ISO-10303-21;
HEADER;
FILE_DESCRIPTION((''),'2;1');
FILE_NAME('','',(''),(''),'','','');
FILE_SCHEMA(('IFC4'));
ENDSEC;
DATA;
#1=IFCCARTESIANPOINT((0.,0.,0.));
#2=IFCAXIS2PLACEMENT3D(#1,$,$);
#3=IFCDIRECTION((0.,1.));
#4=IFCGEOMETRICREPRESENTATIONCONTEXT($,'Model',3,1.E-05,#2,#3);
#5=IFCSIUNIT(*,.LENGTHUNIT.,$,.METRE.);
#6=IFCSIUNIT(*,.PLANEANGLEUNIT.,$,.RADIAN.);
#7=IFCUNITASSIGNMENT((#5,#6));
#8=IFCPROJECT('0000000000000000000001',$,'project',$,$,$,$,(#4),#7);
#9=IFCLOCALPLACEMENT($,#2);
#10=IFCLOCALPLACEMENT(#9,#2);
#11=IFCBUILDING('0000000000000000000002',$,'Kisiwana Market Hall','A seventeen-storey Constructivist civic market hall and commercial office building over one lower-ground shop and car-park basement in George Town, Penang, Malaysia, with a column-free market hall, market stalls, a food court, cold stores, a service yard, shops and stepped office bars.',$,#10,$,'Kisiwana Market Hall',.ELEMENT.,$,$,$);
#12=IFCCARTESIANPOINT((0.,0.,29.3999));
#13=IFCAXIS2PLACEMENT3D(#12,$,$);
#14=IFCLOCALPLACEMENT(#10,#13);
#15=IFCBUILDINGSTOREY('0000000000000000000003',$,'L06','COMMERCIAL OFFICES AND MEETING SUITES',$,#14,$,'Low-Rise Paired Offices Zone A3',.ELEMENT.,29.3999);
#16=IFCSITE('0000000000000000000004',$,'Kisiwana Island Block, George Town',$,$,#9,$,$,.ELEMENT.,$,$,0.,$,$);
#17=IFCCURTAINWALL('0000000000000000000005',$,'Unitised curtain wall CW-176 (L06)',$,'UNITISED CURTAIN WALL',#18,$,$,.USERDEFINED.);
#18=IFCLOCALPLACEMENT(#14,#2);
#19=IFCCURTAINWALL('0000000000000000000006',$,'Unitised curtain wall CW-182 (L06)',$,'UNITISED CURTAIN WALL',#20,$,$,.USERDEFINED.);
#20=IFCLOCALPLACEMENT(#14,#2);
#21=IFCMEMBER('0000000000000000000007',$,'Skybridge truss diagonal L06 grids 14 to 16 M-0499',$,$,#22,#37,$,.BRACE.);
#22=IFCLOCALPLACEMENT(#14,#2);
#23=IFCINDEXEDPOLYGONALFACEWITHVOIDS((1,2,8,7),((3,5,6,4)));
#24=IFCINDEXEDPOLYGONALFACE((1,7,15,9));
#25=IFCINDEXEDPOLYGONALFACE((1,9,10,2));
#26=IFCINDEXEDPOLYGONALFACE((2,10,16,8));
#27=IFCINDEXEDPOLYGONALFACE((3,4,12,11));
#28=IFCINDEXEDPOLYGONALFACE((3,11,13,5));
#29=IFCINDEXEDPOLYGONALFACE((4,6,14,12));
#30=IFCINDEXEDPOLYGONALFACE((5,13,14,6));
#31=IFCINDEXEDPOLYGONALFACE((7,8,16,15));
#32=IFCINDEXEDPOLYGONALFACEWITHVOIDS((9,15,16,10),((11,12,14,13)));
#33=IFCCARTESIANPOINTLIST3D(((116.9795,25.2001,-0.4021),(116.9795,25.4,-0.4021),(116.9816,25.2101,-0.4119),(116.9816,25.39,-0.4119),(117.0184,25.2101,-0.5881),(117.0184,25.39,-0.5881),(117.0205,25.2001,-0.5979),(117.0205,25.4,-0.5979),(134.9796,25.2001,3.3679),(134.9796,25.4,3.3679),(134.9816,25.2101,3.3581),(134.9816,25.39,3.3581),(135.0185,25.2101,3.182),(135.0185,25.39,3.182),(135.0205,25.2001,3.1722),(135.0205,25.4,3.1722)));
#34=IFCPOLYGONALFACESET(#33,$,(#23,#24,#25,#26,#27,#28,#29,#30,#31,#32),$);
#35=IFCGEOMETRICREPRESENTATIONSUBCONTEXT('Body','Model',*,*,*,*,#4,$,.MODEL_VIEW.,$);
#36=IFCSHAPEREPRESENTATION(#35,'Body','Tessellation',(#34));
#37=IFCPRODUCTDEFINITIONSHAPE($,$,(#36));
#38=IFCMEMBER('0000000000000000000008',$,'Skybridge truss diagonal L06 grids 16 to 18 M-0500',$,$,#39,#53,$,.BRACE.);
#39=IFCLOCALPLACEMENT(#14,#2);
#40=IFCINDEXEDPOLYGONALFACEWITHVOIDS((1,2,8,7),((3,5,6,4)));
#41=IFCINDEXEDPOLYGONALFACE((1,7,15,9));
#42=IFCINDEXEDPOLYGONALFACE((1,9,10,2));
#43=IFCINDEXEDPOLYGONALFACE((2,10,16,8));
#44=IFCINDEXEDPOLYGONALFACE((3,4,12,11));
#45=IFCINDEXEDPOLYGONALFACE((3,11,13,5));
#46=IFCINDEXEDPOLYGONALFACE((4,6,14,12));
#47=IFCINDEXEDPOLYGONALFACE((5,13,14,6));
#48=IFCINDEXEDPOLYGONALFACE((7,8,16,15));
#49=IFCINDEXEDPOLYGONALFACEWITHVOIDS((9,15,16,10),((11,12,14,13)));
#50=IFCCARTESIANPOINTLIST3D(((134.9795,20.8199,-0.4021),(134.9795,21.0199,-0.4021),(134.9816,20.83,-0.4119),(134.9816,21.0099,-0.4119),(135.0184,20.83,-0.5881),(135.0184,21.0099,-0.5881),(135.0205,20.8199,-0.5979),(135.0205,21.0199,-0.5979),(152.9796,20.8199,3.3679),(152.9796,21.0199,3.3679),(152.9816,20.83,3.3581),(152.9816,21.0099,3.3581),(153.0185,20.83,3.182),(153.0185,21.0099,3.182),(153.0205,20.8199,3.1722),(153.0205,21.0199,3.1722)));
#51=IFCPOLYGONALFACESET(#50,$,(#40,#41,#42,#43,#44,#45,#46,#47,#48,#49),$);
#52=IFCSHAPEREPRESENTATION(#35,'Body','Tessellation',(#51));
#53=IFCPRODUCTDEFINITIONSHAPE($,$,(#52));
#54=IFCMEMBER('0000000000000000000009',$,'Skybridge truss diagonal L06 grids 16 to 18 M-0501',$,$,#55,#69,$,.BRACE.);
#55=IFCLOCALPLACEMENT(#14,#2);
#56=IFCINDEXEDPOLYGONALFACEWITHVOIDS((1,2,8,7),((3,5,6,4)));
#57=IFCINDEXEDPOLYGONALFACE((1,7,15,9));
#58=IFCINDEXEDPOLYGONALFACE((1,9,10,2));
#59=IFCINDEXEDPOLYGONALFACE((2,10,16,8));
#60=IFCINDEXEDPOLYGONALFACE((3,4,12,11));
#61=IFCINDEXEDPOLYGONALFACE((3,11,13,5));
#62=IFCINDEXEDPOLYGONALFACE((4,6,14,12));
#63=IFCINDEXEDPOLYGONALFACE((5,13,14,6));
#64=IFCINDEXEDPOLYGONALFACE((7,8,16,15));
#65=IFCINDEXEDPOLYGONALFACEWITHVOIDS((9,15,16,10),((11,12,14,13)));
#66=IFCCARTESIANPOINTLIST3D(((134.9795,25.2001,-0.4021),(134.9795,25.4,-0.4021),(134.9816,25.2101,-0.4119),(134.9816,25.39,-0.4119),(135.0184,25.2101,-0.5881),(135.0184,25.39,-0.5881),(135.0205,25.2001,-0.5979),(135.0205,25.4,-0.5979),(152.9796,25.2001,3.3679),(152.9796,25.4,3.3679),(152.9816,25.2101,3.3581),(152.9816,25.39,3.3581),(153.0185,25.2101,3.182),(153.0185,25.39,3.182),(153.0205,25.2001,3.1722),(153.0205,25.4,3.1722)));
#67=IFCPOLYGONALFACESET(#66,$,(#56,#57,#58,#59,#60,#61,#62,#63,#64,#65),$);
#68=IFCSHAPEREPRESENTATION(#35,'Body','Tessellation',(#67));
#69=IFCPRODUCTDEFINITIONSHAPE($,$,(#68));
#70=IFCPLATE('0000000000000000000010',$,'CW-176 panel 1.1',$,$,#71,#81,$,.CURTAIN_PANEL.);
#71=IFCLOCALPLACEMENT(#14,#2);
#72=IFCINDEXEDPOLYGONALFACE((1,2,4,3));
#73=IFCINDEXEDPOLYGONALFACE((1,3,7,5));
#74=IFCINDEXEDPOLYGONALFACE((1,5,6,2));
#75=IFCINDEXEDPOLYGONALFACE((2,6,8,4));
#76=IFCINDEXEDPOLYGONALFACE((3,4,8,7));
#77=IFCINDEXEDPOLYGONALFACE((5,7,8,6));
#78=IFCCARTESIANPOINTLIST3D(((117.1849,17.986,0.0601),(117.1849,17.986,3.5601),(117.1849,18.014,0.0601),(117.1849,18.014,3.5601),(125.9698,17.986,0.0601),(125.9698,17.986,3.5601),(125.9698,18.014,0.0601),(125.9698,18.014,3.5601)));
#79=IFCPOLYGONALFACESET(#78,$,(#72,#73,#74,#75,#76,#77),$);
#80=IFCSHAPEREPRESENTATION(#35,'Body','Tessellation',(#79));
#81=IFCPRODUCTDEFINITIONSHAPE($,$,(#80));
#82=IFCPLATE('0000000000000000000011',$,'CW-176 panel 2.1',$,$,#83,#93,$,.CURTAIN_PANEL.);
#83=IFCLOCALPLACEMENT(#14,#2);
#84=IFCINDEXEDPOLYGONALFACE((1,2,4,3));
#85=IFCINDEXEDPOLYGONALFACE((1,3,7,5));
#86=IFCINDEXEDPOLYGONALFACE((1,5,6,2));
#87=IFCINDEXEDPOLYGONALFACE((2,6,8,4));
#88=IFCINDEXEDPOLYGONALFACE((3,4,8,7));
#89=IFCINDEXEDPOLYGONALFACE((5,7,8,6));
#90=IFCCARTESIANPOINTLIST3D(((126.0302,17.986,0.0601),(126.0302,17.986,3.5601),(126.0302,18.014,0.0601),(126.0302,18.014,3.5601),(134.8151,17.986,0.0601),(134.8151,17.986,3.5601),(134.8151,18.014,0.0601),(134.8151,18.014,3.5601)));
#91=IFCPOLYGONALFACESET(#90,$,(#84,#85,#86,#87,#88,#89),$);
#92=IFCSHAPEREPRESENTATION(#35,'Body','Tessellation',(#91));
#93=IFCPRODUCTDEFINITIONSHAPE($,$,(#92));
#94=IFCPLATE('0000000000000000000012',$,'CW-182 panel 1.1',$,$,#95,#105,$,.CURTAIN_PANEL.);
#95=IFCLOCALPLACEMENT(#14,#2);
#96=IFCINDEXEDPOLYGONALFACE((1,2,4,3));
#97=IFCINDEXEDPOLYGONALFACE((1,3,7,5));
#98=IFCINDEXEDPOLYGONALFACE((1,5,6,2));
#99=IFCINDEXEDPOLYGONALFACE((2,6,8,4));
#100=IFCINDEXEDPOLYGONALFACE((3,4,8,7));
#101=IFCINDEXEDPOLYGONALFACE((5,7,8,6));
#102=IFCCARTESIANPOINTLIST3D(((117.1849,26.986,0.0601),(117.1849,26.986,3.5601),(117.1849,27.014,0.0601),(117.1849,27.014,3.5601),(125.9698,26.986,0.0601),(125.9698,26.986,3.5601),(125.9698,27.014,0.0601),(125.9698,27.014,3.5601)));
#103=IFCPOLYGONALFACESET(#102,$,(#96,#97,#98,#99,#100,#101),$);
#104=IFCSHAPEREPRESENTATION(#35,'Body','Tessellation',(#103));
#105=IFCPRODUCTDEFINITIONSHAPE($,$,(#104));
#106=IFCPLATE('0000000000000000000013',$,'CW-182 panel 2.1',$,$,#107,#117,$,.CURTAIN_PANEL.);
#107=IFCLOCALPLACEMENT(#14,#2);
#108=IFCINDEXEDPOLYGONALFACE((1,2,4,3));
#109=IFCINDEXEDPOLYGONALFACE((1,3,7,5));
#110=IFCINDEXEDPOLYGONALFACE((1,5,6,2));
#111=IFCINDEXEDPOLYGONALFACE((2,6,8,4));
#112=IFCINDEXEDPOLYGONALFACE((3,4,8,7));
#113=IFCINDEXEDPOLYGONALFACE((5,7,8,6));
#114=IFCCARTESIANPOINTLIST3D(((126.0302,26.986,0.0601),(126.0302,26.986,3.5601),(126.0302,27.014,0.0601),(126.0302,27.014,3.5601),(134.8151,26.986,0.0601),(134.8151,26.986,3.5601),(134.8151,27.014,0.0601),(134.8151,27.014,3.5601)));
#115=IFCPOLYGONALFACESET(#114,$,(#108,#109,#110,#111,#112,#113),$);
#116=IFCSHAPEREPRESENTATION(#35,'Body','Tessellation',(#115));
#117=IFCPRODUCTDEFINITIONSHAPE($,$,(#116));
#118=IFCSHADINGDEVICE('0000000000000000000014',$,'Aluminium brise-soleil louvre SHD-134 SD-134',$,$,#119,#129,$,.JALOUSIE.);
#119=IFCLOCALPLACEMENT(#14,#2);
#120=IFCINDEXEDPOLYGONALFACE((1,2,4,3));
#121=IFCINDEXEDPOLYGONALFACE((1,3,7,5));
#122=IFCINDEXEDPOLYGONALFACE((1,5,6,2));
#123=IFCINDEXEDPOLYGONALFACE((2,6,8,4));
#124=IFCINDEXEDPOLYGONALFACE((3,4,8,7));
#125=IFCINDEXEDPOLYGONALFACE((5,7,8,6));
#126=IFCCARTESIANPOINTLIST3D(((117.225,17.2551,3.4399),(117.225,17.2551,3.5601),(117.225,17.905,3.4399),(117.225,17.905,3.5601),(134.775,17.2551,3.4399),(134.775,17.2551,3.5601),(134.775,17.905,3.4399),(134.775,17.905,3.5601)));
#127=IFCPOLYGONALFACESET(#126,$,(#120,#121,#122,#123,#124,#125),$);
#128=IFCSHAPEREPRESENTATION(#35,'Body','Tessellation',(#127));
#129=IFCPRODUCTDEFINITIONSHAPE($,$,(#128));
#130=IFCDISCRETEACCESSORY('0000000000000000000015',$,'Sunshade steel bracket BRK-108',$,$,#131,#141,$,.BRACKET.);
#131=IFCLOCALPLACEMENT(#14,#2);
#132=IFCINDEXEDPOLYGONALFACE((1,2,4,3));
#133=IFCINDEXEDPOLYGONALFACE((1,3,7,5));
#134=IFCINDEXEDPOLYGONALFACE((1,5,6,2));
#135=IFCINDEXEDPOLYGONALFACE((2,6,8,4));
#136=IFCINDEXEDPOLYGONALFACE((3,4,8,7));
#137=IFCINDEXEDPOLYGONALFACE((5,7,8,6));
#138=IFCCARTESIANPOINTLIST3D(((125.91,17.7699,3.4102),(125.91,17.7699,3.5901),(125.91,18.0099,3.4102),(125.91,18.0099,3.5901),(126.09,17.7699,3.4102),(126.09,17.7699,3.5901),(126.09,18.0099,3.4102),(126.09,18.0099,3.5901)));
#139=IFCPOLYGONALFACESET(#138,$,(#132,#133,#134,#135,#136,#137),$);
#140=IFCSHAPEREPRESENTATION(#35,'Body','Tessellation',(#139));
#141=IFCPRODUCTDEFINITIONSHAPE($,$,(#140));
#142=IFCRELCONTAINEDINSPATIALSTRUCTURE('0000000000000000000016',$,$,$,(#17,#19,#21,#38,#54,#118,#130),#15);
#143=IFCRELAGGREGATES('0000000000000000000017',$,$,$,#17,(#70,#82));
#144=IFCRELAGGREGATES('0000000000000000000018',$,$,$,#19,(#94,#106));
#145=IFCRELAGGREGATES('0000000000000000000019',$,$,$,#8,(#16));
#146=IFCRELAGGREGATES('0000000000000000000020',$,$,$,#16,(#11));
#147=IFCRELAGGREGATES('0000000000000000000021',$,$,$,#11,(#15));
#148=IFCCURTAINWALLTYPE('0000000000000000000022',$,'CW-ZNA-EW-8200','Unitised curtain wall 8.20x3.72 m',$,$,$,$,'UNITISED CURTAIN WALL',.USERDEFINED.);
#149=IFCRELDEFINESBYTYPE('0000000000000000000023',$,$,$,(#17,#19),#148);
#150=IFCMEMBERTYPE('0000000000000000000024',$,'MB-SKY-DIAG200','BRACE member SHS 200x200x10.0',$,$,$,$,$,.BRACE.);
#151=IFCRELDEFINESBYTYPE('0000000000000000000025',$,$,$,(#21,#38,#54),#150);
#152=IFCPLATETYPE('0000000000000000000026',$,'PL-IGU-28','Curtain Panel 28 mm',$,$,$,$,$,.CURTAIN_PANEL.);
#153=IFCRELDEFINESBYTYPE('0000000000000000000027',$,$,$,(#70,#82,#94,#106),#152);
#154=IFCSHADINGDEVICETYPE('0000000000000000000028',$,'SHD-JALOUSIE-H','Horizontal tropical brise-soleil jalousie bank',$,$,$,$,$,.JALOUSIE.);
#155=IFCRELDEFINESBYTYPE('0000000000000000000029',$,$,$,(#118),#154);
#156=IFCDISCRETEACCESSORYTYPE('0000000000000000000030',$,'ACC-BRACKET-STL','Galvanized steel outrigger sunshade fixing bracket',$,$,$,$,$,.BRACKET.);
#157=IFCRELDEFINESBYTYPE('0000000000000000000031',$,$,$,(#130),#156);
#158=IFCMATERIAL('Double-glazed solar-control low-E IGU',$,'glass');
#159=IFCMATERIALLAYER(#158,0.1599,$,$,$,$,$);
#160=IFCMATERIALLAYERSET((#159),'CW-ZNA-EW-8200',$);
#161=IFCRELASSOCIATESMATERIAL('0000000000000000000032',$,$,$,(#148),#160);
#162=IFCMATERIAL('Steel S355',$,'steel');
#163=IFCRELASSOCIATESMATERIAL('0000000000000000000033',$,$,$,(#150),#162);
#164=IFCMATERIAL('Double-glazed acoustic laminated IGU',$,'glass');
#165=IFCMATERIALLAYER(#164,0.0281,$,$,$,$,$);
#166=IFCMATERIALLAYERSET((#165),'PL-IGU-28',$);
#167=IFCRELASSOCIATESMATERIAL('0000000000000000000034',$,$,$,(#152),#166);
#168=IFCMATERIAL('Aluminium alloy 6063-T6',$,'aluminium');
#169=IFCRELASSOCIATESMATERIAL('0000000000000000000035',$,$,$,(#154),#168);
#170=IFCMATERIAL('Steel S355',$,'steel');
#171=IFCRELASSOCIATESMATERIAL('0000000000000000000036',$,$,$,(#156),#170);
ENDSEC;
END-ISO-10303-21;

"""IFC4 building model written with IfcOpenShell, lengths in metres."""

from ifc_helpers import new_model, si_unit, direction, frame, origin, origin_2d, place, context, subcontext, project, spatial, rectangle, hollow_rectangle, extrude, material, layer, layer_set, material_profile, profile_set, type_object, element, aggregate, save


model = new_model("IFC4")

# Units and contexts
model_context = context("Model", 3, precision=1e-05, world=origin(), true_north=direction((0.0, 1.0)))
body_context = subcontext(model_context, "Body", "Model", "MODEL_VIEW")
ifc_project = project(units=[si_unit("LENGTHUNIT", "METRE"), si_unit("PLANEANGLEUNIT", "RADIAN")], contexts=[model_context])

# Site, building, storey
site_placement = place(None, origin())
site = spatial("IfcSite", under=ifc_project, at=site_placement, Name="Kisiwana Island Block, George Town", CompositionType="ELEMENT", RefElevation=0.0)
building_placement = place(site_placement, origin())
building = spatial("IfcBuilding", under=site, at=building_placement, Name="Kisiwana Market Hall", Description="A seventeen-storey Constructivist civic market hall and commercial office building over one lower-ground shop and car-park basement in George Town, Penang, Malaysia, with a column-free market hall, market stalls, a food court, cold stores, a service yard, shops and stepped office bars.", LongName="Kisiwana Market Hall", CompositionType="ELEMENT")
storey_placement = place(building_placement, frame((0.0, 0.0, 29.3999)))
storey = spatial("IfcBuildingStorey", under=building, at=storey_placement, Name="L06", Description="COMMERCIAL OFFICES AND MEETING SUITES", LongName="Low-Rise Paired Offices Zone A3", CompositionType="ELEMENT", Elevation=29.3999)

# Curtain wall
ifc_material_1 = material(Name="Double-glazed solar-control low-E IGU", Category="glass")
ifc_layer_1 = layer(ifc_material_1, 0.1599)
ifc_layer_set_1 = layer_set([ifc_layer_1], Name="CW-ZNA-EW-8200")
curtain_wall_type = type_object("IfcCurtainWallType", Name="CW-ZNA-EW-8200", Description="Unitised curtain wall 8.20x3.72 m", ElementType="UNITISED CURTAIN WALL", PredefinedType="USERDEFINED", material=ifc_layer_set_1)
curtain_wall_1_placement = place(storey_placement, origin())
curtain_wall_1 = element("IfcCurtainWall", 1, at=curtain_wall_1_placement, inside=storey, type_object=curtain_wall_type, Name="Unitised curtain wall CW-176 (L06)", ObjectType="UNITISED CURTAIN WALL", PredefinedType="USERDEFINED")

# Curtain wall
curtain_wall_2_placement = place(storey_placement, origin())
curtain_wall_2 = element("IfcCurtainWall", 2, at=curtain_wall_2_placement, inside=storey, type_object=curtain_wall_type, Name="Unitised curtain wall CW-182 (L06)", ObjectType="UNITISED CURTAIN WALL", PredefinedType="USERDEFINED")

# Members
ifc_material_2 = material(Name="Steel S355", Category="steel")
ifc_material_profile_1 = material_profile(ifc_material_2, hollow_rectangle(XDim=0.2, YDim=0.2, WallThickness=0.01, at=origin_2d()), Name="SHS 200x200x10.0")
ifc_profile_set_1 = profile_set([ifc_material_profile_1], Name="Steel S355")
member_type_1 = type_object("IfcMemberType", Name="MB-SKY-DIAG200", Description="BRACE member SHS 200x200x10.0", PredefinedType="BRACE", material=ifc_profile_set_1)
for number, where, z_axis, x_axis, name in (
    (3, (117.0, 25.3, -0.5), (0.978763, 0.0, 0.204997), (0.0, 1.0, 0.0), "Skybridge truss diagonal L06 grids 14 to 16 M-0499"),
    (4, (135.0, 20.9199, -0.5), (0.978763, 0.0, 0.204997), (0.0, 1.0, 0.0), "Skybridge truss diagonal L06 grids 16 to 18 M-0500"),
    (5, (135.0, 25.3, -0.5), (0.978763, 0.0, 0.204997), (0.0, 1.0, 0.0), "Skybridge truss diagonal L06 grids 16 to 18 M-0501"),
):
    element("IfcMember", number, at=place(storey_placement, frame(where, z_axis=z_axis, x_axis=x_axis)), inside=storey, type_object=member_type_1, Name=name, PredefinedType="BRACE", context=body_context, shape_type="SweptSolid", body=[
        extrude(hollow_rectangle(XDim=0.2, YDim=0.2, WallThickness=0.01, at=origin_2d()), origin(), (0.0, 0.0, 1.0), 18.3906),
    ])

# Plates
ifc_material_3 = material(Name="Double-glazed acoustic laminated IGU", Category="glass")
ifc_layer_2 = layer(ifc_material_3, 0.0281)
ifc_layer_set_2 = layer_set([ifc_layer_2], Name="PL-IGU-28")
plate_type = type_object("IfcPlateType", Name="PL-IGU-28", Description="Curtain Panel 28 mm", PredefinedType="CURTAIN_PANEL", material=ifc_layer_set_2)
plate_1_placement = place(storey_placement, frame((121.5774, 18.0, 0.0601), z_axis=(0.0, 0.0, 1.0), x_axis=(1.0, 0.0, 0.0)))
plate_1 = element("IfcPlate", 6, at=plate_1_placement, type_object=plate_type, Name="CW-176 panel 1.1", PredefinedType="CURTAIN_PANEL", context=body_context, shape_type="SweptSolid", body=[
    extrude(rectangle(XDim=8.7849, YDim=0.0281, at=origin_2d()), origin(), (0.0, 0.0, 1.0), 3.5),
])
plate_2_placement = place(storey_placement, frame((130.4226, 18.0, 0.0601), z_axis=(0.0, 0.0, 1.0), x_axis=(1.0, 0.0, 0.0)))
plate_2 = element("IfcPlate", 7, at=plate_2_placement, type_object=plate_type, Name="CW-176 panel 2.1", PredefinedType="CURTAIN_PANEL", context=body_context, shape_type="SweptSolid", body=[
    extrude(rectangle(XDim=8.7849, YDim=0.0281, at=origin_2d()), origin(), (0.0, 0.0, 1.0), 3.5),
])
aggregate(curtain_wall_1, [plate_1, plate_2])
plate_3_placement = place(storey_placement, frame((121.5774, 27.0, 0.0601), z_axis=(0.0, 0.0, 1.0), x_axis=(1.0, 0.0, 0.0)))
plate_3 = element("IfcPlate", 8, at=plate_3_placement, type_object=plate_type, Name="CW-182 panel 1.1", PredefinedType="CURTAIN_PANEL", context=body_context, shape_type="SweptSolid", body=[
    extrude(rectangle(XDim=8.7849, YDim=0.0281, at=origin_2d()), origin(), (0.0, 0.0, 1.0), 3.5),
])
plate_4_placement = place(storey_placement, frame((130.4226, 27.0, 0.0601), z_axis=(0.0, 0.0, 1.0), x_axis=(1.0, 0.0, 0.0)))
plate_4 = element("IfcPlate", 9, at=plate_4_placement, type_object=plate_type, Name="CW-182 panel 2.1", PredefinedType="CURTAIN_PANEL", context=body_context, shape_type="SweptSolid", body=[
    extrude(rectangle(XDim=8.7849, YDim=0.0281, at=origin_2d()), origin(), (0.0, 0.0, 1.0), 3.5),
])
aggregate(curtain_wall_2, [plate_3, plate_4])

# Shading device
ifc_material_4 = material(Name="Aluminium alloy 6063-T6", Category="aluminium")
shading_device_type = type_object("IfcShadingDeviceType", Name="SHD-JALOUSIE-H", Description="Horizontal tropical brise-soleil jalousie bank", PredefinedType="JALOUSIE", material=ifc_material_4)
shading_device_placement = place(storey_placement, frame((126.0, 17.5801, 3.4399), z_axis=(0.0, 0.0, 1.0), x_axis=(1.0, 0.0, 0.0)))
element("IfcShadingDevice", 10, at=shading_device_placement, inside=storey, type_object=shading_device_type, Name="Aluminium brise-soleil louvre SHD-134 SD-134", PredefinedType="JALOUSIE", context=body_context, shape_type="SweptSolid", body=[
    extrude(rectangle(XDim=17.55, YDim=0.6499, at=origin_2d()), origin(), (0.0, 0.0, 1.0), 0.1201),
])

# Discrete accessory
ifc_material_5 = material(Name="Steel S355", Category="steel")
discrete_accessory_type = type_object("IfcDiscreteAccessoryType", Name="ACC-BRACKET-STL", Description="Galvanized steel outrigger sunshade fixing bracket", PredefinedType="BRACKET", material=ifc_material_5)
discrete_accessory_placement = place(storey_placement, frame((126.0, 17.8899, 3.4102), z_axis=(0.0, 0.0, 1.0), x_axis=(1.0, 0.0, 0.0)))
element("IfcDiscreteAccessory", 11, at=discrete_accessory_placement, inside=storey, type_object=discrete_accessory_type, Name="Sunshade steel bracket BRK-108", PredefinedType="BRACKET", context=body_context, shape_type="SweptSolid", body=[
    extrude(rectangle(XDim=0.1799, YDim=0.24, at=origin_2d()), origin(), (0.0, 0.0, 1.0), 0.1799),
])

save(model, "model.ifc")
